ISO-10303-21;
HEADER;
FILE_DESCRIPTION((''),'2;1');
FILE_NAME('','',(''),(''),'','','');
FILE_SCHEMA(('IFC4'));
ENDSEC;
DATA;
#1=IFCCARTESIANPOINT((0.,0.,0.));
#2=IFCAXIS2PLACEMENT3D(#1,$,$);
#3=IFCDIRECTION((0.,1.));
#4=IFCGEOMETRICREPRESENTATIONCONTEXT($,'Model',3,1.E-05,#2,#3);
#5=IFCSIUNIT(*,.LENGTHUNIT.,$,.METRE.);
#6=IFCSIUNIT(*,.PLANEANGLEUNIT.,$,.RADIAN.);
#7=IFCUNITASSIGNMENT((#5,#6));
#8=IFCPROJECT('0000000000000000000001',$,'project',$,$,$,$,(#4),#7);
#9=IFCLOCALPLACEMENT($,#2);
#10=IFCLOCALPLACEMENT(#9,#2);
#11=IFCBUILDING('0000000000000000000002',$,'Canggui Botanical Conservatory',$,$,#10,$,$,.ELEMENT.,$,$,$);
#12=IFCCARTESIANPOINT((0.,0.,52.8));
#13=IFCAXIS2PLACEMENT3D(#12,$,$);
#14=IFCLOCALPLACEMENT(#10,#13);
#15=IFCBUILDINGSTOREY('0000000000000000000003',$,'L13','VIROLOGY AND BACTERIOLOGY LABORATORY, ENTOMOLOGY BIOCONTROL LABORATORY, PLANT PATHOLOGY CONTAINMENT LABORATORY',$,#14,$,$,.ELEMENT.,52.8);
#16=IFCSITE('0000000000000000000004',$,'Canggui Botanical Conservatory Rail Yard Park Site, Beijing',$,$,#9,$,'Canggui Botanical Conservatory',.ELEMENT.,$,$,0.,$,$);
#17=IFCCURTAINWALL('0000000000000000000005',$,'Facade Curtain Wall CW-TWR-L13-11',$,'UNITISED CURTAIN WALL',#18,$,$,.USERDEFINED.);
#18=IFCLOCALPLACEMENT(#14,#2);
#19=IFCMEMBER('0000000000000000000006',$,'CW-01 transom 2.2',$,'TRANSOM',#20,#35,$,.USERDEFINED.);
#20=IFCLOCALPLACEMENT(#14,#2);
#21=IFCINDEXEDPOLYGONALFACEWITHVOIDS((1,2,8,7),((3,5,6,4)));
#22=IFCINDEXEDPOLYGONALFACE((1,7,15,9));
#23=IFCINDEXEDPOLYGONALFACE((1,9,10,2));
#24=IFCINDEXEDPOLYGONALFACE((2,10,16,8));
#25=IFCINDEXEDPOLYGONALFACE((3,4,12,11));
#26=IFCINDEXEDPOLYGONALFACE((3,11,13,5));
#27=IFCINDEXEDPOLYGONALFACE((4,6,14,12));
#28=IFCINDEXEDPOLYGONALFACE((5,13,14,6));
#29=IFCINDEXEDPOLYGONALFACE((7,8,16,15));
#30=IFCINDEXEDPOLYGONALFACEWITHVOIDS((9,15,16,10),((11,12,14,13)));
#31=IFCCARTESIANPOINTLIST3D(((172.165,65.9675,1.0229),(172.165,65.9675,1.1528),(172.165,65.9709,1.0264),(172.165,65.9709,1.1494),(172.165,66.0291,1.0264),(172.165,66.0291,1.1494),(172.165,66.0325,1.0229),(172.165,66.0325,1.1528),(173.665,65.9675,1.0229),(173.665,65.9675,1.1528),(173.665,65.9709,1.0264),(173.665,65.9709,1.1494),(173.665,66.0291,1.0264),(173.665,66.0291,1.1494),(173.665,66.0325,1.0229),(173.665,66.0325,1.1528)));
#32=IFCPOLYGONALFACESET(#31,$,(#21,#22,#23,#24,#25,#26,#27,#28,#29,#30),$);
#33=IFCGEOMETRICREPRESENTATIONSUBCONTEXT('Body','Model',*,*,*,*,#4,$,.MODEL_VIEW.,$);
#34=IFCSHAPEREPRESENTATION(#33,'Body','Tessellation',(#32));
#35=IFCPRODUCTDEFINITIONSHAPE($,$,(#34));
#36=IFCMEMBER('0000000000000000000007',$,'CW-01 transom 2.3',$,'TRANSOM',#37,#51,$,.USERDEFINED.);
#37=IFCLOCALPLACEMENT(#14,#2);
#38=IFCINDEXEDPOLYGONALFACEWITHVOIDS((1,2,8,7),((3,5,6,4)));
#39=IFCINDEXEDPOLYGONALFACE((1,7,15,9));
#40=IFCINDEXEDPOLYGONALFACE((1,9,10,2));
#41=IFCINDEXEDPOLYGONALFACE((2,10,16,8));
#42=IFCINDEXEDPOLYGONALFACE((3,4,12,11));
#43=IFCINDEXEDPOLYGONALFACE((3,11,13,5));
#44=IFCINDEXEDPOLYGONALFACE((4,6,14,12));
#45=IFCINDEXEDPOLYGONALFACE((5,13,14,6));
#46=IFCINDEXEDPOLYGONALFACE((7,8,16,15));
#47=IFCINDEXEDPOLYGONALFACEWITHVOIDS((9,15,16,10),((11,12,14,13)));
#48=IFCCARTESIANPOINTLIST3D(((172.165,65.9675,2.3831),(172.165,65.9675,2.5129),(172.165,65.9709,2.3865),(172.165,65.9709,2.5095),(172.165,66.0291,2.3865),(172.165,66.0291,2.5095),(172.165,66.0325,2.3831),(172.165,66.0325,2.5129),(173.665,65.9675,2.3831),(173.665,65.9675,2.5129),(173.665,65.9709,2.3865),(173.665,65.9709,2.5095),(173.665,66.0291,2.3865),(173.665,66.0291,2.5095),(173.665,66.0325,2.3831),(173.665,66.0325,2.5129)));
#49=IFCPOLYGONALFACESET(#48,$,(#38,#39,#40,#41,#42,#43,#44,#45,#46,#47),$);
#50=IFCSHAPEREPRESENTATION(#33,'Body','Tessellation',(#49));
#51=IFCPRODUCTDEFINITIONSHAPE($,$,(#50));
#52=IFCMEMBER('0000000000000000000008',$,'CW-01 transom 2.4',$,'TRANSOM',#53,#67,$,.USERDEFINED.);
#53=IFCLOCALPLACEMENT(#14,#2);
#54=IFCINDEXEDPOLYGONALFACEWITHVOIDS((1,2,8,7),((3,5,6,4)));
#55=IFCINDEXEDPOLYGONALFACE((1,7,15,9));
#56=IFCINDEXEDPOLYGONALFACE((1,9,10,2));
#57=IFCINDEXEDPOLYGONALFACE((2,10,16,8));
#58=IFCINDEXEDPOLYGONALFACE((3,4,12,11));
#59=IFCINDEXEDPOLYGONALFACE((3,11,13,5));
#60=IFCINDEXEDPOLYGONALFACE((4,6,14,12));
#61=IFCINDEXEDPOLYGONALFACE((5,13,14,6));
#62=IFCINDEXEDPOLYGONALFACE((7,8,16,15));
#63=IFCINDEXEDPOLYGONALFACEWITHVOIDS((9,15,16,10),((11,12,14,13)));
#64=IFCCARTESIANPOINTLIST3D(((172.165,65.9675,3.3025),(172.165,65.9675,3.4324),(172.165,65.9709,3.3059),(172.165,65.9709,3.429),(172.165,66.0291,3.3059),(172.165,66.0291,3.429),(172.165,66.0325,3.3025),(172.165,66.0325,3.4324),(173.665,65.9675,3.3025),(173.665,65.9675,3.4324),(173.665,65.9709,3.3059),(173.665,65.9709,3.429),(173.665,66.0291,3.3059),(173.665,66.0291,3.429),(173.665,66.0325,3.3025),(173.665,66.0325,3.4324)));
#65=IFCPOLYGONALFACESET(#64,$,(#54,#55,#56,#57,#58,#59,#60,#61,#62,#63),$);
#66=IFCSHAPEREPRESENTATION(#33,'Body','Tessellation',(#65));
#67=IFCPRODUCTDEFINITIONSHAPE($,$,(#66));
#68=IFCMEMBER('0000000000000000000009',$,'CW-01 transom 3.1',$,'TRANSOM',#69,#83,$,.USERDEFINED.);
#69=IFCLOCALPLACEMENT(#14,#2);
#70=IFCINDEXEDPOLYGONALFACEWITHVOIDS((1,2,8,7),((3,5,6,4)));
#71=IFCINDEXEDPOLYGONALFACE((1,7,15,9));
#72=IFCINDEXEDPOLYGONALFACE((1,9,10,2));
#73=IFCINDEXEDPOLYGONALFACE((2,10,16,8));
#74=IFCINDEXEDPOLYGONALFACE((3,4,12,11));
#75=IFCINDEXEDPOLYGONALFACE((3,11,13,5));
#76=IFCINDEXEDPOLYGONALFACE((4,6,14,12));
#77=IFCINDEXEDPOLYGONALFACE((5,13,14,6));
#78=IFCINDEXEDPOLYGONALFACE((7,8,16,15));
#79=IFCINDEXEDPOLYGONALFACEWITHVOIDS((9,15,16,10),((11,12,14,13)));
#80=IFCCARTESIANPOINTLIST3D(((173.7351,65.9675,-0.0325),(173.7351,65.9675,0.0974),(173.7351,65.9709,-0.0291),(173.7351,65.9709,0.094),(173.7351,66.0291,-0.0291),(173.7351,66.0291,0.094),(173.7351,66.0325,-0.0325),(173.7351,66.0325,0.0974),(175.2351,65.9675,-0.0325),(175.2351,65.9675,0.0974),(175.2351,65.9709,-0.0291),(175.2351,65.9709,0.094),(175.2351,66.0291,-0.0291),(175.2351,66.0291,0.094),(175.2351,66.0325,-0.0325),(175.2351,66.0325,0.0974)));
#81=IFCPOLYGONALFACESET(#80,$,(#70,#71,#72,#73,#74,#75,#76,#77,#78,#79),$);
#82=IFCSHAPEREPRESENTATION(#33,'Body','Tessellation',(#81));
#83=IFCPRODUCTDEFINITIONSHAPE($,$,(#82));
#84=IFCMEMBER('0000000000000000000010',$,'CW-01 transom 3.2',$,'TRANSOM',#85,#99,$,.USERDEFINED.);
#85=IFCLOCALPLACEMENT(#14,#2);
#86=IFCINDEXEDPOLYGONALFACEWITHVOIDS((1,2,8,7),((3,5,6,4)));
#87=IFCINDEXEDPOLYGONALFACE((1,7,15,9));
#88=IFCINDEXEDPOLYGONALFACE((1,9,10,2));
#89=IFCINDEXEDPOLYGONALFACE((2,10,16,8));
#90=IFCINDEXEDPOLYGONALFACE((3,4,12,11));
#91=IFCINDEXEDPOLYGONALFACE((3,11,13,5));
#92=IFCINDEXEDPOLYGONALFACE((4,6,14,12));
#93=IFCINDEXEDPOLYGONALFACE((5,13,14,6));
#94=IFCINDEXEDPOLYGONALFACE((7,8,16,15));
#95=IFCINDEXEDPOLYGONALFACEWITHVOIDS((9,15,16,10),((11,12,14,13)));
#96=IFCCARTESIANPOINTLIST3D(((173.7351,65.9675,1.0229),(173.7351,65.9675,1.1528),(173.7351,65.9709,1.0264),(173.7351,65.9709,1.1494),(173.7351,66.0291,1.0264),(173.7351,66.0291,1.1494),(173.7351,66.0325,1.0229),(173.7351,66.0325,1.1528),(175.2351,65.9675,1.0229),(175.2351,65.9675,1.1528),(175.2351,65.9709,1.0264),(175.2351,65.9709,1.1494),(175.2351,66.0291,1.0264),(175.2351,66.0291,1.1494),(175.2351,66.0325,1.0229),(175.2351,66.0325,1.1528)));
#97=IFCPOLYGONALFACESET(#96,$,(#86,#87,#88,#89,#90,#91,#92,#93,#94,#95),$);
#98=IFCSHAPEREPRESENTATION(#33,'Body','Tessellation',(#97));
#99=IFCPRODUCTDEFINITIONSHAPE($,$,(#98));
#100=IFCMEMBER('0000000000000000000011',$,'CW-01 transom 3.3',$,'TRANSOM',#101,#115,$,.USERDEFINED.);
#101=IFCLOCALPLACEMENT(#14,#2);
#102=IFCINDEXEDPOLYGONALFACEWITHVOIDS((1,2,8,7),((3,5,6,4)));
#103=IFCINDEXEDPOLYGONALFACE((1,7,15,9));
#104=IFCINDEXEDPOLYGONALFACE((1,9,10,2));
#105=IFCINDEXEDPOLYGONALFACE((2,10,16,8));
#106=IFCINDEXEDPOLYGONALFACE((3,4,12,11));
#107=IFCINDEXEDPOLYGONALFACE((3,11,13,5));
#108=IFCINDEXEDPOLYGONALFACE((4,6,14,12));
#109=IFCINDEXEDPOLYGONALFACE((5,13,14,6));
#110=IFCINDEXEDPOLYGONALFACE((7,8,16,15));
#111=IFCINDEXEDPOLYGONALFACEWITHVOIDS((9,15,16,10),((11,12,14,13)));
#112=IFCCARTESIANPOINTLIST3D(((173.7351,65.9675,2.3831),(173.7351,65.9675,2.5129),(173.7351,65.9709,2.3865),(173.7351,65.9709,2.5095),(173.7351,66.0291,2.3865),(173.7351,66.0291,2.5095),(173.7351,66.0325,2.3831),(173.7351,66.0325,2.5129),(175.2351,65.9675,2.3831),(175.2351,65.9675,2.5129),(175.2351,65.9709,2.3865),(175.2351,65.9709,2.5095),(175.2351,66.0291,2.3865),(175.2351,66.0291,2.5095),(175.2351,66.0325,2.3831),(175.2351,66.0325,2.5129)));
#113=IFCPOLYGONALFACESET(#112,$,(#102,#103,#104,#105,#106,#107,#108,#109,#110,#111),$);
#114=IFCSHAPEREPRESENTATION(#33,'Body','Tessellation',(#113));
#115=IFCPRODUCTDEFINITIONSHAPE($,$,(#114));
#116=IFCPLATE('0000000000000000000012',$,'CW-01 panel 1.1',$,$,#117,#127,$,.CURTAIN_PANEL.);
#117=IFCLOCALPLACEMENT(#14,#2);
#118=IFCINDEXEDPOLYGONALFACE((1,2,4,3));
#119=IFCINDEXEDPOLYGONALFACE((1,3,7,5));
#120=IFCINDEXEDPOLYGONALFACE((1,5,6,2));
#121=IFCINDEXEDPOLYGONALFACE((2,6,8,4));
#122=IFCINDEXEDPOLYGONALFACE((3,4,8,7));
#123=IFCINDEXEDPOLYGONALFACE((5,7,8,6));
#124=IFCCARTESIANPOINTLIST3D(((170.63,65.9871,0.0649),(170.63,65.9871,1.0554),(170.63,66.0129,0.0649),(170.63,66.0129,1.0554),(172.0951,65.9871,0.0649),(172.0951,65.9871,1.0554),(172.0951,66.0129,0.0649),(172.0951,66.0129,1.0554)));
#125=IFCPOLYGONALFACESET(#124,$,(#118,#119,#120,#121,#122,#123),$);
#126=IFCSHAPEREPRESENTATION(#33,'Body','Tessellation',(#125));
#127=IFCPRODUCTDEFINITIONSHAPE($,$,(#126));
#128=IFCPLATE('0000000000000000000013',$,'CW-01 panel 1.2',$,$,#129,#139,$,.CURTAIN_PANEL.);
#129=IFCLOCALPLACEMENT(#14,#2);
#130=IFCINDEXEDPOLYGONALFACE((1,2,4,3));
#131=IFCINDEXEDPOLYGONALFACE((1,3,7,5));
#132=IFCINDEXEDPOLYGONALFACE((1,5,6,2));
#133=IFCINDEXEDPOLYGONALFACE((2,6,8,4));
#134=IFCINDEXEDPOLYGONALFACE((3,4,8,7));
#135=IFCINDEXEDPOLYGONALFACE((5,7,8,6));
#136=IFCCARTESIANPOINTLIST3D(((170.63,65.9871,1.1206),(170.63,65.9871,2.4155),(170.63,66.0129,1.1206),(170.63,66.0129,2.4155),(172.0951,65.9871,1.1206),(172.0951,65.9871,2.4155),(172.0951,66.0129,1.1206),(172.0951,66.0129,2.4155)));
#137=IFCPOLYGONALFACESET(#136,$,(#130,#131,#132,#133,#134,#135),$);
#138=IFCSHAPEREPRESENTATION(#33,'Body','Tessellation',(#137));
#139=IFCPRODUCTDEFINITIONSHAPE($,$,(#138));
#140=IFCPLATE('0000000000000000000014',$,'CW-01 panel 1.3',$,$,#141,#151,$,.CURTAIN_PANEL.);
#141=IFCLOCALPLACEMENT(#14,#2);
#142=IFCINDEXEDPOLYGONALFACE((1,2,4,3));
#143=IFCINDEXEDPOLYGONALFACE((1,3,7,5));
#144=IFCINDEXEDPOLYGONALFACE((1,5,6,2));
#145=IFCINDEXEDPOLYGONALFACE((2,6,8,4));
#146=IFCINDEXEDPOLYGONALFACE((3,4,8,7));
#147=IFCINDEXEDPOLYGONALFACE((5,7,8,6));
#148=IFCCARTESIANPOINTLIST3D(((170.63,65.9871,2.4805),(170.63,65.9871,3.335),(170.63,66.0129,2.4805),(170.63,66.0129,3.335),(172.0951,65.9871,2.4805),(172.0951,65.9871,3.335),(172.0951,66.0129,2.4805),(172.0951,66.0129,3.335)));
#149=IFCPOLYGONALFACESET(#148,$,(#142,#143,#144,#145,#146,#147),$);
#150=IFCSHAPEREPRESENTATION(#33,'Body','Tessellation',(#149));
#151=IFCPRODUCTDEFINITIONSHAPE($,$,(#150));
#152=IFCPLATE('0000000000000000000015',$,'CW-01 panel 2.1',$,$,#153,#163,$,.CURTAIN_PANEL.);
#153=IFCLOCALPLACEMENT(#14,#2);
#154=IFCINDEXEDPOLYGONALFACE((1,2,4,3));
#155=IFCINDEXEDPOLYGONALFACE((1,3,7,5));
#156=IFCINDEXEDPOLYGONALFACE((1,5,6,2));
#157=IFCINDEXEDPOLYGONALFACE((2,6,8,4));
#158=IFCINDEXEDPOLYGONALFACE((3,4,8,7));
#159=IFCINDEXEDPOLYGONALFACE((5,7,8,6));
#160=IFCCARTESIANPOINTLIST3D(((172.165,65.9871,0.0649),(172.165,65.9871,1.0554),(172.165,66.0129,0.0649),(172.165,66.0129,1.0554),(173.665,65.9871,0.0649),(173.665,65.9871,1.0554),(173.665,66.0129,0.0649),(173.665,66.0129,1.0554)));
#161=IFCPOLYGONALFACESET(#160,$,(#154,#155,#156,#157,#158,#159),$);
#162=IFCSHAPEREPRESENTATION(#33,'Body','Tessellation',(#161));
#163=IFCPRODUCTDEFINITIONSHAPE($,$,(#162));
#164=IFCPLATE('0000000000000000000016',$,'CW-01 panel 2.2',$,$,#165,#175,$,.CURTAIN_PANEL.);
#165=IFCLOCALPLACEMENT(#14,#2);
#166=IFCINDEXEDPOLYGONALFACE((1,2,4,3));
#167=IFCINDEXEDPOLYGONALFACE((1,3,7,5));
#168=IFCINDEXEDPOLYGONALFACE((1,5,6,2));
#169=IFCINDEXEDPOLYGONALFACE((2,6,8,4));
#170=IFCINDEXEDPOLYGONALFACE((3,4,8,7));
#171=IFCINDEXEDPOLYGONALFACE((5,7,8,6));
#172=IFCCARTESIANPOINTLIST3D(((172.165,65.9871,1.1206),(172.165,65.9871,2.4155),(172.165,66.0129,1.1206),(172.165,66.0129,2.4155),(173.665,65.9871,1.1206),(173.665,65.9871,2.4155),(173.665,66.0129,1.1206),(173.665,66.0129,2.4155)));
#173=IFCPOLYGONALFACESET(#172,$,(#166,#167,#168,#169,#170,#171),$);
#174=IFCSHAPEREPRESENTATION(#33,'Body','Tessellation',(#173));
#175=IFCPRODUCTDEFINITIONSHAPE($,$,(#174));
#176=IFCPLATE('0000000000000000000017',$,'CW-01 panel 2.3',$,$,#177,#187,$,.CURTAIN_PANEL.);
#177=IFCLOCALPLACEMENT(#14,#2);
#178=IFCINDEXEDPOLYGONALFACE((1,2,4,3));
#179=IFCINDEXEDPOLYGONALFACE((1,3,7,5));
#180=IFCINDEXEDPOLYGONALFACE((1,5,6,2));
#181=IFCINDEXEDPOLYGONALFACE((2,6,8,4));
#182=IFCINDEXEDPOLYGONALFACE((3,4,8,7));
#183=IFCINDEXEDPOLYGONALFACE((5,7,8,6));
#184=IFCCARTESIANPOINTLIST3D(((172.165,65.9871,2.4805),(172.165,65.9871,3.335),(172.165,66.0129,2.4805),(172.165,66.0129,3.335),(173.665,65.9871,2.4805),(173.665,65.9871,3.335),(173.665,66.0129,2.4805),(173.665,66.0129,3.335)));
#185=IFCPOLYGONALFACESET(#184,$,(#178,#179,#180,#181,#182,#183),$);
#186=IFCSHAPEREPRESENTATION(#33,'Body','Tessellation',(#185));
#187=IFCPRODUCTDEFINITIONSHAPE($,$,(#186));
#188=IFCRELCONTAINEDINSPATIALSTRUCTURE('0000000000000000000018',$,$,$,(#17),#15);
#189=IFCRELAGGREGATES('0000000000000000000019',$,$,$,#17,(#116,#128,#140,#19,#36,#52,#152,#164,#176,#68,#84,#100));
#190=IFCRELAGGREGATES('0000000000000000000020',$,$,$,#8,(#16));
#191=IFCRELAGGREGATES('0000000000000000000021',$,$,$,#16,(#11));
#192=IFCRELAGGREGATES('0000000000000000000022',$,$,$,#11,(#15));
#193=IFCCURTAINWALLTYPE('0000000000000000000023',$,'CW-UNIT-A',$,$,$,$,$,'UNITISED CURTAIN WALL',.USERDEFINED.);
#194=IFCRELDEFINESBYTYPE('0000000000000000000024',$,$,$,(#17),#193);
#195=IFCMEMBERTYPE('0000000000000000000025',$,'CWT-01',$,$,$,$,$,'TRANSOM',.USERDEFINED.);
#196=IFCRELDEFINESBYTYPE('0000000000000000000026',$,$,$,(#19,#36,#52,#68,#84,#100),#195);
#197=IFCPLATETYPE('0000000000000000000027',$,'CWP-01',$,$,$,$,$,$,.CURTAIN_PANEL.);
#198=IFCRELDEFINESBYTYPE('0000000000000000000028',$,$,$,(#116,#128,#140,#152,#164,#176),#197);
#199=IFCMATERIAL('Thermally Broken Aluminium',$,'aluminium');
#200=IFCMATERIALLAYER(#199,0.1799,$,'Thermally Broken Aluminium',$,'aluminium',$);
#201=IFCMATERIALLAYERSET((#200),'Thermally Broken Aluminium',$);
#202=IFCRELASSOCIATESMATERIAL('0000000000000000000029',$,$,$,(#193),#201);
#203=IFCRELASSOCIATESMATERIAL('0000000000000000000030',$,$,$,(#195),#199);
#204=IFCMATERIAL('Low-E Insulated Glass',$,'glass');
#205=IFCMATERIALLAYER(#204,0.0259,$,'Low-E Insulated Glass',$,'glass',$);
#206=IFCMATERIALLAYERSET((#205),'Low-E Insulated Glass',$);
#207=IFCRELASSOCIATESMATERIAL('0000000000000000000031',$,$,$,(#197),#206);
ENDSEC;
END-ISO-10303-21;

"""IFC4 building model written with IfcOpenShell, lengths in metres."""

from ifc_helpers import new_model, si_unit, direction, frame, origin, origin_2d, place, context, subcontext, project, spatial, rectangle, hollow_rectangle, extrude, material, layer, layer_set, material_profile, profile_set, type_object, element, aggregate, save


model = new_model("IFC4")

# Units and contexts
model_context = context("Model", 3, precision=1e-05, world=origin(), true_north=direction((0.0, 1.0)))
body_context = subcontext(model_context, "Body", "Model", "MODEL_VIEW")
ifc_project = project(units=[si_unit("LENGTHUNIT", "METRE"), si_unit("PLANEANGLEUNIT", "RADIAN")], contexts=[model_context])

# Site, building, storey
site_placement = place(None, origin())
site = spatial("IfcSite", under=ifc_project, at=site_placement, Name="Canggui Botanical Conservatory Rail Yard Park Site, Beijing", LongName="Canggui Botanical Conservatory", CompositionType="ELEMENT", RefElevation=0.0)
building_placement = place(site_placement, origin())
building = spatial("IfcBuilding", under=site, at=building_placement, Name="Canggui Botanical Conservatory", CompositionType="ELEMENT")
storey_placement = place(building_placement, frame((0.0, 0.0, 52.8)))
storey = spatial("IfcBuildingStorey", under=building, at=storey_placement, Name="L13", Description="VIROLOGY AND BACTERIOLOGY LABORATORY, ENTOMOLOGY BIOCONTROL LABORATORY, PLANT PATHOLOGY CONTAINMENT LABORATORY", CompositionType="ELEMENT", Elevation=52.8)

# Curtain wall, members, plates
ifc_material_1 = material(Name="Thermally Broken Aluminium", Category="aluminium")
ifc_layer_1 = layer(ifc_material_1, 0.1799, Name="Thermally Broken Aluminium", Category="aluminium")
ifc_layer_set_1 = layer_set([ifc_layer_1], Name="Thermally Broken Aluminium")
curtain_wall_type = type_object("IfcCurtainWallType", Name="CW-UNIT-A", ElementType="UNITISED CURTAIN WALL", PredefinedType="USERDEFINED", material=ifc_layer_set_1)
curtain_wall_placement = place(storey_placement, origin())
curtain_wall = element("IfcCurtainWall", 1, at=curtain_wall_placement, inside=storey, type_object=curtain_wall_type, Name="Facade Curtain Wall CW-TWR-L13-11", ObjectType="UNITISED CURTAIN WALL", PredefinedType="USERDEFINED")
ifc_material_profile_1 = material_profile(ifc_material_1, hollow_rectangle(XDim=0.0649, YDim=0.1299, WallThickness=0.0034, at=origin_2d()), Name="CWT 65x130x3.5")
ifc_profile_set_1 = profile_set([ifc_material_profile_1], Name="Thermally Broken Aluminium")
member_type_1 = type_object("IfcMemberType", Name="CWT-01", ElementType="TRANSOM", PredefinedType="USERDEFINED", material=ifc_profile_set_1)
member_1_placement = place(storey_placement, frame((172.165, 66.0, 1.0879), z_axis=(1.0, 0.0, 0.0), x_axis=(0.0, 1.0, 0.0)))
member_1 = element("IfcMember", 2, at=member_1_placement, type_object=member_type_1, Name="CW-01 transom 2.2", ObjectType="TRANSOM", PredefinedType="USERDEFINED", context=body_context, shape_type="SweptSolid", body=[
    extrude(hollow_rectangle(XDim=0.0649, YDim=0.1299, WallThickness=0.0034, at=origin_2d()), origin(), (0.0, 0.0, 1.0), 1.5),
])
member_2_placement = place(storey_placement, frame((172.165, 66.0, 2.448), z_axis=(1.0, 0.0, 0.0), x_axis=(0.0, 1.0, 0.0)))
member_2 = element("IfcMember", 3, at=member_2_placement, type_object=member_type_1, Name="CW-01 transom 2.3", ObjectType="TRANSOM", PredefinedType="USERDEFINED", context=body_context, shape_type="SweptSolid", body=[
    extrude(hollow_rectangle(XDim=0.0649, YDim=0.1299, WallThickness=0.0034, at=origin_2d()), origin(), (0.0, 0.0, 1.0), 1.5),
])
member_3_placement = place(storey_placement, frame((172.165, 66.0, 3.3674), z_axis=(1.0, 0.0, 0.0), x_axis=(0.0, 1.0, 0.0)))
member_3 = element("IfcMember", 4, at=member_3_placement, type_object=member_type_1, Name="CW-01 transom 2.4", ObjectType="TRANSOM", PredefinedType="USERDEFINED", context=body_context, shape_type="SweptSolid", body=[
    extrude(hollow_rectangle(XDim=0.0649, YDim=0.1299, WallThickness=0.0034, at=origin_2d()), origin(), (0.0, 0.0, 1.0), 1.5),
])
member_4_placement = place(storey_placement, frame((173.7351, 66.0, 0.0325), z_axis=(1.0, 0.0, 0.0), x_axis=(0.0, 1.0, 0.0)))
member_4 = element("IfcMember", 5, at=member_4_placement, type_object=member_type_1, Name="CW-01 transom 3.1", ObjectType="TRANSOM", PredefinedType="USERDEFINED", context=body_context, shape_type="SweptSolid", body=[
    extrude(hollow_rectangle(XDim=0.0649, YDim=0.1299, WallThickness=0.0034, at=origin_2d()), origin(), (0.0, 0.0, 1.0), 1.5),
])
member_5_placement = place(storey_placement, frame((173.7351, 66.0, 1.0879), z_axis=(1.0, 0.0, 0.0), x_axis=(0.0, 1.0, 0.0)))
member_5 = element("IfcMember", 6, at=member_5_placement, type_object=member_type_1, Name="CW-01 transom 3.2", ObjectType="TRANSOM", PredefinedType="USERDEFINED", context=body_context, shape_type="SweptSolid", body=[
    extrude(hollow_rectangle(XDim=0.0649, YDim=0.1299, WallThickness=0.0034, at=origin_2d()), origin(), (0.0, 0.0, 1.0), 1.5),
])
member_6_placement = place(storey_placement, frame((173.7351, 66.0, 2.448), z_axis=(1.0, 0.0, 0.0), x_axis=(0.0, 1.0, 0.0)))
member_6 = element("IfcMember", 7, at=member_6_placement, type_object=member_type_1, Name="CW-01 transom 3.3", ObjectType="TRANSOM", PredefinedType="USERDEFINED", context=body_context, shape_type="SweptSolid", body=[
    extrude(hollow_rectangle(XDim=0.0649, YDim=0.1299, WallThickness=0.0034, at=origin_2d()), origin(), (0.0, 0.0, 1.0), 1.5),
])
ifc_material_2 = material(Name="Low-E Insulated Glass", Category="glass")
ifc_layer_2 = layer(ifc_material_2, 0.0259, Name="Low-E Insulated Glass", Category="glass")
ifc_layer_set_2 = layer_set([ifc_layer_2], Name="Low-E Insulated Glass")
plate_type = type_object("IfcPlateType", Name="CWP-01", PredefinedType="CURTAIN_PANEL", material=ifc_layer_set_2)
plate_1_placement = place(storey_placement, frame((171.3625, 66.0, 0.0649), z_axis=(0.0, 0.0, 1.0), x_axis=(1.0, 0.0, 0.0)))
plate_1 = element("IfcPlate", 8, at=plate_1_placement, type_object=plate_type, Name="CW-01 panel 1.1", PredefinedType="CURTAIN_PANEL", context=body_context, shape_type="SweptSolid", body=[
    extrude(rectangle(XDim=1.4651, YDim=0.0259, at=origin_2d()), origin(), (0.0, 0.0, 1.0), 0.9905),
])
plate_2_placement = place(storey_placement, frame((171.3625, 66.0, 1.1206), z_axis=(0.0, 0.0, 1.0), x_axis=(1.0, 0.0, 0.0)))
plate_2 = element("IfcPlate", 9, at=plate_2_placement, type_object=plate_type, Name="CW-01 panel 1.2", PredefinedType="CURTAIN_PANEL", context=body_context, shape_type="SweptSolid", body=[
    extrude(rectangle(XDim=1.4651, YDim=0.0259, at=origin_2d()), origin(), (0.0, 0.0, 1.0), 1.2949),
])
plate_3_placement = place(storey_placement, frame((171.3625, 66.0, 2.4805), z_axis=(0.0, 0.0, 1.0), x_axis=(1.0, 0.0, 0.0)))
plate_3 = element("IfcPlate", 10, at=plate_3_placement, type_object=plate_type, Name="CW-01 panel 1.3", PredefinedType="CURTAIN_PANEL", context=body_context, shape_type="SweptSolid", body=[
    extrude(rectangle(XDim=1.4651, YDim=0.0259, at=origin_2d()), origin(), (0.0, 0.0, 1.0), 0.8545),
])
plate_4_placement = place(storey_placement, frame((172.915, 66.0, 0.0649), z_axis=(0.0, 0.0, 1.0), x_axis=(1.0, 0.0, 0.0)))
plate_4 = element("IfcPlate", 11, at=plate_4_placement, type_object=plate_type, Name="CW-01 panel 2.1", PredefinedType="CURTAIN_PANEL", context=body_context, shape_type="SweptSolid", body=[
    extrude(rectangle(XDim=1.5, YDim=0.0259, at=origin_2d()), origin(), (0.0, 0.0, 1.0), 0.9905),
])
plate_5_placement = place(storey_placement, frame((172.915, 66.0, 1.1206), z_axis=(0.0, 0.0, 1.0), x_axis=(1.0, 0.0, 0.0)))
plate_5 = element("IfcPlate", 12, at=plate_5_placement, type_object=plate_type, Name="CW-01 panel 2.2", PredefinedType="CURTAIN_PANEL", context=body_context, shape_type="SweptSolid", body=[
    extrude(rectangle(XDim=1.5, YDim=0.0259, at=origin_2d()), origin(), (0.0, 0.0, 1.0), 1.2949),
])
plate_6_placement = place(storey_placement, frame((172.915, 66.0, 2.4805), z_axis=(0.0, 0.0, 1.0), x_axis=(1.0, 0.0, 0.0)))
plate_6 = element("IfcPlate", 13, at=plate_6_placement, type_object=plate_type, Name="CW-01 panel 2.3", PredefinedType="CURTAIN_PANEL", context=body_context, shape_type="SweptSolid", body=[
    extrude(rectangle(XDim=1.5, YDim=0.0259, at=origin_2d()), origin(), (0.0, 0.0, 1.0), 0.8545),
])
aggregate(curtain_wall, [plate_1, plate_2, plate_3, member_1, member_2, member_3, plate_4, plate_5, plate_6, member_4, member_5, member_6])

save(model, "model.ifc")
